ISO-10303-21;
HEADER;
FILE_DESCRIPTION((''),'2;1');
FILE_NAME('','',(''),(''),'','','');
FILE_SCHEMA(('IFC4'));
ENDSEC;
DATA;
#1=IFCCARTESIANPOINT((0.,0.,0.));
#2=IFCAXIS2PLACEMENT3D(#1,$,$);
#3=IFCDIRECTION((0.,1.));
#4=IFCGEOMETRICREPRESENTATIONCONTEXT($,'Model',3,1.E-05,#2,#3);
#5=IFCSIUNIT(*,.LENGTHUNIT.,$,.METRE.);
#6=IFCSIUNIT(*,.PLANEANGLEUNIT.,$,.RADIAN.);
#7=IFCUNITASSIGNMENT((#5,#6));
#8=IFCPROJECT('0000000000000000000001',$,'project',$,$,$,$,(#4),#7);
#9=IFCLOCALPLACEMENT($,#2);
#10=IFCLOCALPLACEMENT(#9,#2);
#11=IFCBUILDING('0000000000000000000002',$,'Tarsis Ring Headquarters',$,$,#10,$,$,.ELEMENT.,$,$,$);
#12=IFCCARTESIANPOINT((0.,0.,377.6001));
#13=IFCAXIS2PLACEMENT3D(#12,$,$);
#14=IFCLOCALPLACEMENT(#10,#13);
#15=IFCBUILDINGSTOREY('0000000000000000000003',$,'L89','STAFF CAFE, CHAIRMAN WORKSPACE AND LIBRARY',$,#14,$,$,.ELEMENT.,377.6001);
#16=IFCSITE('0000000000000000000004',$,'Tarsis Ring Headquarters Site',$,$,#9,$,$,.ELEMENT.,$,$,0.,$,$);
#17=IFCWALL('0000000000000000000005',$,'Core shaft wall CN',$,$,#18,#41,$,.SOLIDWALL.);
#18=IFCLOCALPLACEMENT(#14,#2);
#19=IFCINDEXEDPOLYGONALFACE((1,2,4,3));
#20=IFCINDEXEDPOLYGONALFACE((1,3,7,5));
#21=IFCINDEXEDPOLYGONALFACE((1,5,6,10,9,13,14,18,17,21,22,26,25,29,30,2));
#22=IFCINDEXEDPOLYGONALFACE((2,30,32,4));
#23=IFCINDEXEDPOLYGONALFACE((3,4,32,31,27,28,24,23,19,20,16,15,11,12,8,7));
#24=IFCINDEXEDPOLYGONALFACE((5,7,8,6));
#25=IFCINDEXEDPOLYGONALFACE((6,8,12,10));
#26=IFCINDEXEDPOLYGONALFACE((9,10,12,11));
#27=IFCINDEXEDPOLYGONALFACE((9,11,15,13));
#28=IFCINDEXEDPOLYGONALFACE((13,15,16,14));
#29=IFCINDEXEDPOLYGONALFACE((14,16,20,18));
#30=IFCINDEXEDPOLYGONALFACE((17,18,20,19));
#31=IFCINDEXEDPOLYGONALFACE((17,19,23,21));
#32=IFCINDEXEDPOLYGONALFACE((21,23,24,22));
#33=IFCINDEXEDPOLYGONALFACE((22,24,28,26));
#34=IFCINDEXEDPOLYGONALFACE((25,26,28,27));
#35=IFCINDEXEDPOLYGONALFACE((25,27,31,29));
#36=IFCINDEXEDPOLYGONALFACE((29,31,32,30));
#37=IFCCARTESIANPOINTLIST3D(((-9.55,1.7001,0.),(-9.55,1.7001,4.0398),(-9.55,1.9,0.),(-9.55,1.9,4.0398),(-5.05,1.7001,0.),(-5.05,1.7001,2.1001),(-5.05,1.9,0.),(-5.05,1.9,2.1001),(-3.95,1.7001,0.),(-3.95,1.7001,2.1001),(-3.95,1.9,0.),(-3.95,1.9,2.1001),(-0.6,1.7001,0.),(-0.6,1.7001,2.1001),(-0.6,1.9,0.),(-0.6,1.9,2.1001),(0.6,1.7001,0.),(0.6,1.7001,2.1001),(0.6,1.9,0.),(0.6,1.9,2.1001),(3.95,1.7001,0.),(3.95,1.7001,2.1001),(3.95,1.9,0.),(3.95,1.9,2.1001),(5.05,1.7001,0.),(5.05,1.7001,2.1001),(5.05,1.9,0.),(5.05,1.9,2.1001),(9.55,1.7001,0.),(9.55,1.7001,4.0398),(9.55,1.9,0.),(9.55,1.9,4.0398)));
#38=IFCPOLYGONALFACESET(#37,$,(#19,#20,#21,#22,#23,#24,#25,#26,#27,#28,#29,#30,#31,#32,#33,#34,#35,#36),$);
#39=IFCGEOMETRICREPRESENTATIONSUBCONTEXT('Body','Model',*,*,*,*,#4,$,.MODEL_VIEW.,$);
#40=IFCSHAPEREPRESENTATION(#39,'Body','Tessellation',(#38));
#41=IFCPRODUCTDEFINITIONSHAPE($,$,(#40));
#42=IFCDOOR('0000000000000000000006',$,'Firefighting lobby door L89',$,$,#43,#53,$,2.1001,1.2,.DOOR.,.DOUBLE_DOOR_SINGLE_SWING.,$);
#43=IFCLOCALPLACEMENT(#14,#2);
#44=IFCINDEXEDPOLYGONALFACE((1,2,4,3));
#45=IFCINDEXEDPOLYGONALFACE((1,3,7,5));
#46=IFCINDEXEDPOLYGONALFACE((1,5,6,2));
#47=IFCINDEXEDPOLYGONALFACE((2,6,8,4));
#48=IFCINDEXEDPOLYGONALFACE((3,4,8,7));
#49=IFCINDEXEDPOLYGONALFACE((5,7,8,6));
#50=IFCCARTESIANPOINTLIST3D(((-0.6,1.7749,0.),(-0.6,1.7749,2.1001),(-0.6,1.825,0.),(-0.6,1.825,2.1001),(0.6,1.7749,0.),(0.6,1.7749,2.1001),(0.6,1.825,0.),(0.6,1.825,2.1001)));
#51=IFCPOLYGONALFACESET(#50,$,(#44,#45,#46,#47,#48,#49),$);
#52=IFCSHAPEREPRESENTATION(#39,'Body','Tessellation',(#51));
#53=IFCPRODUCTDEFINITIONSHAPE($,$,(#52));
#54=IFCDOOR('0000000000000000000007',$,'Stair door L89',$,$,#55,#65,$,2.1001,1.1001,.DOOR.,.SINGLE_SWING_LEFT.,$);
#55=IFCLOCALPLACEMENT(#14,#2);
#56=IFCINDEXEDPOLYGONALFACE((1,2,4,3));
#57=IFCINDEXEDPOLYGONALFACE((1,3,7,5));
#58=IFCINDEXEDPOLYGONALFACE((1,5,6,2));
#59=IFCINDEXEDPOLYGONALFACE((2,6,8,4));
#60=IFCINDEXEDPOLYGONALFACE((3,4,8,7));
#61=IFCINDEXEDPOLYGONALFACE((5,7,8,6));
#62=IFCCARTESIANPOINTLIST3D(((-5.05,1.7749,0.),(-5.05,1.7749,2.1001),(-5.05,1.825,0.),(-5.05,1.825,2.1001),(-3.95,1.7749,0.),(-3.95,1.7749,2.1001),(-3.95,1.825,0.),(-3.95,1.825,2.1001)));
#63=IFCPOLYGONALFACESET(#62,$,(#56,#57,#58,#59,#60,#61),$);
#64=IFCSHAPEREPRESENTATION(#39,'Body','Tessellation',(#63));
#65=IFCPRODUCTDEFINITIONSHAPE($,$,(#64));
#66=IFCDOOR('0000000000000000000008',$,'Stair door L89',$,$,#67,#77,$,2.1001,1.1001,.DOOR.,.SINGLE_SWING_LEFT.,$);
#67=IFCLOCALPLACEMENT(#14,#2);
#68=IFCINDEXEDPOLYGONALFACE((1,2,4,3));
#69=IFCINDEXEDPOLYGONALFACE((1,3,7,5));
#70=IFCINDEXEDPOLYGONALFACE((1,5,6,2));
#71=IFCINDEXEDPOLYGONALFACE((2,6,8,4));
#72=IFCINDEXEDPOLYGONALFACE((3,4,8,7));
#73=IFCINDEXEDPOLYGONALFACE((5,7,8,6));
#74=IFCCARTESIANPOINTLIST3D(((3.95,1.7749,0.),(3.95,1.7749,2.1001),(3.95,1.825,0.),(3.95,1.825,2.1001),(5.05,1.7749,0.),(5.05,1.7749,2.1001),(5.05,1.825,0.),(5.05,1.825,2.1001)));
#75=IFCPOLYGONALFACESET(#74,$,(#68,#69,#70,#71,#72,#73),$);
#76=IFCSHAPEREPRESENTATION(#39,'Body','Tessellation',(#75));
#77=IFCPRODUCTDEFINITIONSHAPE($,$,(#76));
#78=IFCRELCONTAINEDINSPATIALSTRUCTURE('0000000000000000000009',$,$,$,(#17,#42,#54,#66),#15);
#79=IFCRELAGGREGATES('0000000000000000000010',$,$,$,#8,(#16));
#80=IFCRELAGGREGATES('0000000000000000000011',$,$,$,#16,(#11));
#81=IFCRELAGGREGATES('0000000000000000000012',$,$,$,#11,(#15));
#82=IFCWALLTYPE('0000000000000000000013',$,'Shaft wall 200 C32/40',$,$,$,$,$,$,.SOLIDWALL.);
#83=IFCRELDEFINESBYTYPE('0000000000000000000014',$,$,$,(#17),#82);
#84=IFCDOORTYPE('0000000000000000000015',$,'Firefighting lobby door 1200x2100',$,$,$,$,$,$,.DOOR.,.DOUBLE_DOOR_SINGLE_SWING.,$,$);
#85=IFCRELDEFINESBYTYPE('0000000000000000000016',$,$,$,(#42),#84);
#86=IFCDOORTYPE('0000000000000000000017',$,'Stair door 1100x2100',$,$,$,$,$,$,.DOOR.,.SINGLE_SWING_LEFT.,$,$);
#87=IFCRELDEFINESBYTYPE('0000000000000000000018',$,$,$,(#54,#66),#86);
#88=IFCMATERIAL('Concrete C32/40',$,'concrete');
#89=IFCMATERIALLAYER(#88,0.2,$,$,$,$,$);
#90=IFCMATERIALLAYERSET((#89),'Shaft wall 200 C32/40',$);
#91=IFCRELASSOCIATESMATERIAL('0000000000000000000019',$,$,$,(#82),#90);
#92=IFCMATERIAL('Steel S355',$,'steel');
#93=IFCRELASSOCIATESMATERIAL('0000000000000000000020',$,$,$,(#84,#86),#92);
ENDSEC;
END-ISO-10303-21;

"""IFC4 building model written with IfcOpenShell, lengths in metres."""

from ifc_helpers import new_model, si_unit, direction, frame, frame_2d, origin, place, context, subcontext, project, spatial, rectangle, extrude, material, layer, layer_set, type_object, element, fill, save


model = new_model("IFC4")

# Units and contexts
model_context = context("Model", 3, precision=1e-05, world=origin(), true_north=direction((0.0, 1.0)))
body_context = subcontext(model_context, "Body", "Model", "MODEL_VIEW")
ifc_project = project(units=[si_unit("LENGTHUNIT", "METRE"), si_unit("PLANEANGLEUNIT", "RADIAN")], contexts=[model_context])

# Site, building, storey
site_placement = place(None, origin())
site = spatial("IfcSite", under=ifc_project, at=site_placement, Name="Tarsis Ring Headquarters Site", CompositionType="ELEMENT", RefElevation=0.0)
building_placement = place(site_placement, origin())
building = spatial("IfcBuilding", under=site, at=building_placement, Name="Tarsis Ring Headquarters", CompositionType="ELEMENT")
storey_placement = place(building_placement, frame((0.0, 0.0, 377.6001)))
storey = spatial("IfcBuildingStorey", under=building, at=storey_placement, Name="L89", Description="STAFF CAFE, CHAIRMAN WORKSPACE AND LIBRARY", CompositionType="ELEMENT", Elevation=377.6001)

# Shared definitions
ifc_material_1 = material(Name="Steel S355", Category="steel")

# Shared definitions
ifc_material_2 = material(Name="Concrete C32/40", Category="concrete")

# Wall, openings, doors
ifc_layer_1 = layer(ifc_material_2, 0.2)
ifc_layer_set_1 = layer_set([ifc_layer_1], Name="Shaft wall 200 C32/40")
wall_type_1 = type_object("IfcWallType", Name="Shaft wall 200 C32/40", PredefinedType="SOLIDWALL", material=ifc_layer_set_1)
wall_1_placement = place(storey_placement, frame((-9.55, 1.8, 0.0), z_axis=(0.0, 0.0, 1.0), x_axis=(1.0, 0.0, 0.0)))
wall_1 = element("IfcWall", 1, at=wall_1_placement, inside=storey, type_object=wall_type_1, Name="Core shaft wall CN", PredefinedType="SOLIDWALL", context=body_context, shape_type="SweptSolid", body=[
    extrude(rectangle(XDim=19.1001, YDim=0.2, at=frame_2d((9.55, 0.0))), origin(), (0.0, 0.0, 1.0), 4.0398),
])
opening_1_placement = place(wall_1_placement, frame((4.5, 0.0, 0.0)))
opening_1 = element("IfcOpeningElement", 2, at=opening_1_placement, cuts=wall_1, PredefinedType="OPENING", context=body_context, shape_type="SweptSolid", body=[
    extrude(rectangle(XDim=1.1001, YDim=2.1001, at=frame_2d((0.55, 1.05))), frame((0.0, 0.1099, 0.0), z_axis=(0.0, -1.0, 0.0), x_axis=(1.0, 0.0, 0.0)), (0.0, 0.0, 1.0), 0.22),
])
opening_2_placement = place(wall_1_placement, frame((8.95, 0.0, 0.0)))
opening_2 = element("IfcOpeningElement", 3, at=opening_2_placement, cuts=wall_1, PredefinedType="OPENING", context=body_context, shape_type="SweptSolid", body=[
    extrude(rectangle(XDim=1.2, YDim=2.1001, at=frame_2d((0.6001, 1.05))), frame((0.0, 0.1099, 0.0), z_axis=(0.0, -1.0, 0.0), x_axis=(1.0, 0.0, 0.0)), (0.0, 0.0, 1.0), 0.22),
])
opening_3_placement = place(wall_1_placement, frame((13.5, 0.0, 0.0)))
opening_3 = element("IfcOpeningElement", 4, at=opening_3_placement, cuts=wall_1, PredefinedType="OPENING", context=body_context, shape_type="SweptSolid", body=[
    extrude(rectangle(XDim=1.1001, YDim=2.1001, at=frame_2d((0.55, 1.05))), frame((0.0, 0.1099, 0.0), z_axis=(0.0, -1.0, 0.0), x_axis=(1.0, 0.0, 0.0)), (0.0, 0.0, 1.0), 0.22),
])
door_type_1 = type_object("IfcDoorType", Name="Firefighting lobby door 1200x2100", OperationType="DOUBLE_DOOR_SINGLE_SWING", PredefinedType="DOOR", material=ifc_material_1)
door_1_placement = place(opening_2_placement, origin())
door_1 = element("IfcDoor", 5, at=door_1_placement, inside=storey, type_object=door_type_1, Name="Firefighting lobby door L89", OperationType="DOUBLE_DOOR_SINGLE_SWING", OverallHeight=2.1001, OverallWidth=1.2, PredefinedType="DOOR", context=body_context, shape_type="SweptSolid", body=[
    extrude(rectangle(XDim=1.2, YDim=2.1001, at=frame_2d((0.6001, 1.05))), frame((0.0, 0.0249, 0.0), z_axis=(0.0, -1.0, 0.0), x_axis=(1.0, 0.0, 0.0)), (0.0, 0.0, 1.0), 0.05),
])
fill(opening_2, door_1)
door_type_2 = type_object("IfcDoorType", Name="Stair door 1100x2100", OperationType="SINGLE_SWING_LEFT", PredefinedType="DOOR", material=ifc_material_1)
door_2_placement = place(opening_1_placement, origin())
door_2 = element("IfcDoor", 6, at=door_2_placement, inside=storey, type_object=door_type_2, Name="Stair door L89", OperationType="SINGLE_SWING_LEFT", OverallHeight=2.1001, OverallWidth=1.1001, PredefinedType="DOOR", context=body_context, shape_type="SweptSolid", body=[
    extrude(rectangle(XDim=1.1001, YDim=2.1001, at=frame_2d((0.55, 1.05))), frame((0.0, 0.0249, 0.0), z_axis=(0.0, -1.0, 0.0), x_axis=(1.0, 0.0, 0.0)), (0.0, 0.0, 1.0), 0.05),
])
fill(opening_1, door_2)
door_3_placement = place(opening_3_placement, origin())
door_3 = element("IfcDoor", 7, at=door_3_placement, inside=storey, type_object=door_type_2, Name="Stair door L89", OperationType="SINGLE_SWING_LEFT", OverallHeight=2.1001, OverallWidth=1.1001, PredefinedType="DOOR", context=body_context, shape_type="SweptSolid", body=[
    extrude(rectangle(XDim=1.1001, YDim=2.1001, at=frame_2d((0.55, 1.05))), frame((0.0, 0.0249, 0.0), z_axis=(0.0, -1.0, 0.0), x_axis=(1.0, 0.0, 0.0)), (0.0, 0.0, 1.0), 0.05),
])
fill(opening_3, door_3)

save(model, "model.ifc")
